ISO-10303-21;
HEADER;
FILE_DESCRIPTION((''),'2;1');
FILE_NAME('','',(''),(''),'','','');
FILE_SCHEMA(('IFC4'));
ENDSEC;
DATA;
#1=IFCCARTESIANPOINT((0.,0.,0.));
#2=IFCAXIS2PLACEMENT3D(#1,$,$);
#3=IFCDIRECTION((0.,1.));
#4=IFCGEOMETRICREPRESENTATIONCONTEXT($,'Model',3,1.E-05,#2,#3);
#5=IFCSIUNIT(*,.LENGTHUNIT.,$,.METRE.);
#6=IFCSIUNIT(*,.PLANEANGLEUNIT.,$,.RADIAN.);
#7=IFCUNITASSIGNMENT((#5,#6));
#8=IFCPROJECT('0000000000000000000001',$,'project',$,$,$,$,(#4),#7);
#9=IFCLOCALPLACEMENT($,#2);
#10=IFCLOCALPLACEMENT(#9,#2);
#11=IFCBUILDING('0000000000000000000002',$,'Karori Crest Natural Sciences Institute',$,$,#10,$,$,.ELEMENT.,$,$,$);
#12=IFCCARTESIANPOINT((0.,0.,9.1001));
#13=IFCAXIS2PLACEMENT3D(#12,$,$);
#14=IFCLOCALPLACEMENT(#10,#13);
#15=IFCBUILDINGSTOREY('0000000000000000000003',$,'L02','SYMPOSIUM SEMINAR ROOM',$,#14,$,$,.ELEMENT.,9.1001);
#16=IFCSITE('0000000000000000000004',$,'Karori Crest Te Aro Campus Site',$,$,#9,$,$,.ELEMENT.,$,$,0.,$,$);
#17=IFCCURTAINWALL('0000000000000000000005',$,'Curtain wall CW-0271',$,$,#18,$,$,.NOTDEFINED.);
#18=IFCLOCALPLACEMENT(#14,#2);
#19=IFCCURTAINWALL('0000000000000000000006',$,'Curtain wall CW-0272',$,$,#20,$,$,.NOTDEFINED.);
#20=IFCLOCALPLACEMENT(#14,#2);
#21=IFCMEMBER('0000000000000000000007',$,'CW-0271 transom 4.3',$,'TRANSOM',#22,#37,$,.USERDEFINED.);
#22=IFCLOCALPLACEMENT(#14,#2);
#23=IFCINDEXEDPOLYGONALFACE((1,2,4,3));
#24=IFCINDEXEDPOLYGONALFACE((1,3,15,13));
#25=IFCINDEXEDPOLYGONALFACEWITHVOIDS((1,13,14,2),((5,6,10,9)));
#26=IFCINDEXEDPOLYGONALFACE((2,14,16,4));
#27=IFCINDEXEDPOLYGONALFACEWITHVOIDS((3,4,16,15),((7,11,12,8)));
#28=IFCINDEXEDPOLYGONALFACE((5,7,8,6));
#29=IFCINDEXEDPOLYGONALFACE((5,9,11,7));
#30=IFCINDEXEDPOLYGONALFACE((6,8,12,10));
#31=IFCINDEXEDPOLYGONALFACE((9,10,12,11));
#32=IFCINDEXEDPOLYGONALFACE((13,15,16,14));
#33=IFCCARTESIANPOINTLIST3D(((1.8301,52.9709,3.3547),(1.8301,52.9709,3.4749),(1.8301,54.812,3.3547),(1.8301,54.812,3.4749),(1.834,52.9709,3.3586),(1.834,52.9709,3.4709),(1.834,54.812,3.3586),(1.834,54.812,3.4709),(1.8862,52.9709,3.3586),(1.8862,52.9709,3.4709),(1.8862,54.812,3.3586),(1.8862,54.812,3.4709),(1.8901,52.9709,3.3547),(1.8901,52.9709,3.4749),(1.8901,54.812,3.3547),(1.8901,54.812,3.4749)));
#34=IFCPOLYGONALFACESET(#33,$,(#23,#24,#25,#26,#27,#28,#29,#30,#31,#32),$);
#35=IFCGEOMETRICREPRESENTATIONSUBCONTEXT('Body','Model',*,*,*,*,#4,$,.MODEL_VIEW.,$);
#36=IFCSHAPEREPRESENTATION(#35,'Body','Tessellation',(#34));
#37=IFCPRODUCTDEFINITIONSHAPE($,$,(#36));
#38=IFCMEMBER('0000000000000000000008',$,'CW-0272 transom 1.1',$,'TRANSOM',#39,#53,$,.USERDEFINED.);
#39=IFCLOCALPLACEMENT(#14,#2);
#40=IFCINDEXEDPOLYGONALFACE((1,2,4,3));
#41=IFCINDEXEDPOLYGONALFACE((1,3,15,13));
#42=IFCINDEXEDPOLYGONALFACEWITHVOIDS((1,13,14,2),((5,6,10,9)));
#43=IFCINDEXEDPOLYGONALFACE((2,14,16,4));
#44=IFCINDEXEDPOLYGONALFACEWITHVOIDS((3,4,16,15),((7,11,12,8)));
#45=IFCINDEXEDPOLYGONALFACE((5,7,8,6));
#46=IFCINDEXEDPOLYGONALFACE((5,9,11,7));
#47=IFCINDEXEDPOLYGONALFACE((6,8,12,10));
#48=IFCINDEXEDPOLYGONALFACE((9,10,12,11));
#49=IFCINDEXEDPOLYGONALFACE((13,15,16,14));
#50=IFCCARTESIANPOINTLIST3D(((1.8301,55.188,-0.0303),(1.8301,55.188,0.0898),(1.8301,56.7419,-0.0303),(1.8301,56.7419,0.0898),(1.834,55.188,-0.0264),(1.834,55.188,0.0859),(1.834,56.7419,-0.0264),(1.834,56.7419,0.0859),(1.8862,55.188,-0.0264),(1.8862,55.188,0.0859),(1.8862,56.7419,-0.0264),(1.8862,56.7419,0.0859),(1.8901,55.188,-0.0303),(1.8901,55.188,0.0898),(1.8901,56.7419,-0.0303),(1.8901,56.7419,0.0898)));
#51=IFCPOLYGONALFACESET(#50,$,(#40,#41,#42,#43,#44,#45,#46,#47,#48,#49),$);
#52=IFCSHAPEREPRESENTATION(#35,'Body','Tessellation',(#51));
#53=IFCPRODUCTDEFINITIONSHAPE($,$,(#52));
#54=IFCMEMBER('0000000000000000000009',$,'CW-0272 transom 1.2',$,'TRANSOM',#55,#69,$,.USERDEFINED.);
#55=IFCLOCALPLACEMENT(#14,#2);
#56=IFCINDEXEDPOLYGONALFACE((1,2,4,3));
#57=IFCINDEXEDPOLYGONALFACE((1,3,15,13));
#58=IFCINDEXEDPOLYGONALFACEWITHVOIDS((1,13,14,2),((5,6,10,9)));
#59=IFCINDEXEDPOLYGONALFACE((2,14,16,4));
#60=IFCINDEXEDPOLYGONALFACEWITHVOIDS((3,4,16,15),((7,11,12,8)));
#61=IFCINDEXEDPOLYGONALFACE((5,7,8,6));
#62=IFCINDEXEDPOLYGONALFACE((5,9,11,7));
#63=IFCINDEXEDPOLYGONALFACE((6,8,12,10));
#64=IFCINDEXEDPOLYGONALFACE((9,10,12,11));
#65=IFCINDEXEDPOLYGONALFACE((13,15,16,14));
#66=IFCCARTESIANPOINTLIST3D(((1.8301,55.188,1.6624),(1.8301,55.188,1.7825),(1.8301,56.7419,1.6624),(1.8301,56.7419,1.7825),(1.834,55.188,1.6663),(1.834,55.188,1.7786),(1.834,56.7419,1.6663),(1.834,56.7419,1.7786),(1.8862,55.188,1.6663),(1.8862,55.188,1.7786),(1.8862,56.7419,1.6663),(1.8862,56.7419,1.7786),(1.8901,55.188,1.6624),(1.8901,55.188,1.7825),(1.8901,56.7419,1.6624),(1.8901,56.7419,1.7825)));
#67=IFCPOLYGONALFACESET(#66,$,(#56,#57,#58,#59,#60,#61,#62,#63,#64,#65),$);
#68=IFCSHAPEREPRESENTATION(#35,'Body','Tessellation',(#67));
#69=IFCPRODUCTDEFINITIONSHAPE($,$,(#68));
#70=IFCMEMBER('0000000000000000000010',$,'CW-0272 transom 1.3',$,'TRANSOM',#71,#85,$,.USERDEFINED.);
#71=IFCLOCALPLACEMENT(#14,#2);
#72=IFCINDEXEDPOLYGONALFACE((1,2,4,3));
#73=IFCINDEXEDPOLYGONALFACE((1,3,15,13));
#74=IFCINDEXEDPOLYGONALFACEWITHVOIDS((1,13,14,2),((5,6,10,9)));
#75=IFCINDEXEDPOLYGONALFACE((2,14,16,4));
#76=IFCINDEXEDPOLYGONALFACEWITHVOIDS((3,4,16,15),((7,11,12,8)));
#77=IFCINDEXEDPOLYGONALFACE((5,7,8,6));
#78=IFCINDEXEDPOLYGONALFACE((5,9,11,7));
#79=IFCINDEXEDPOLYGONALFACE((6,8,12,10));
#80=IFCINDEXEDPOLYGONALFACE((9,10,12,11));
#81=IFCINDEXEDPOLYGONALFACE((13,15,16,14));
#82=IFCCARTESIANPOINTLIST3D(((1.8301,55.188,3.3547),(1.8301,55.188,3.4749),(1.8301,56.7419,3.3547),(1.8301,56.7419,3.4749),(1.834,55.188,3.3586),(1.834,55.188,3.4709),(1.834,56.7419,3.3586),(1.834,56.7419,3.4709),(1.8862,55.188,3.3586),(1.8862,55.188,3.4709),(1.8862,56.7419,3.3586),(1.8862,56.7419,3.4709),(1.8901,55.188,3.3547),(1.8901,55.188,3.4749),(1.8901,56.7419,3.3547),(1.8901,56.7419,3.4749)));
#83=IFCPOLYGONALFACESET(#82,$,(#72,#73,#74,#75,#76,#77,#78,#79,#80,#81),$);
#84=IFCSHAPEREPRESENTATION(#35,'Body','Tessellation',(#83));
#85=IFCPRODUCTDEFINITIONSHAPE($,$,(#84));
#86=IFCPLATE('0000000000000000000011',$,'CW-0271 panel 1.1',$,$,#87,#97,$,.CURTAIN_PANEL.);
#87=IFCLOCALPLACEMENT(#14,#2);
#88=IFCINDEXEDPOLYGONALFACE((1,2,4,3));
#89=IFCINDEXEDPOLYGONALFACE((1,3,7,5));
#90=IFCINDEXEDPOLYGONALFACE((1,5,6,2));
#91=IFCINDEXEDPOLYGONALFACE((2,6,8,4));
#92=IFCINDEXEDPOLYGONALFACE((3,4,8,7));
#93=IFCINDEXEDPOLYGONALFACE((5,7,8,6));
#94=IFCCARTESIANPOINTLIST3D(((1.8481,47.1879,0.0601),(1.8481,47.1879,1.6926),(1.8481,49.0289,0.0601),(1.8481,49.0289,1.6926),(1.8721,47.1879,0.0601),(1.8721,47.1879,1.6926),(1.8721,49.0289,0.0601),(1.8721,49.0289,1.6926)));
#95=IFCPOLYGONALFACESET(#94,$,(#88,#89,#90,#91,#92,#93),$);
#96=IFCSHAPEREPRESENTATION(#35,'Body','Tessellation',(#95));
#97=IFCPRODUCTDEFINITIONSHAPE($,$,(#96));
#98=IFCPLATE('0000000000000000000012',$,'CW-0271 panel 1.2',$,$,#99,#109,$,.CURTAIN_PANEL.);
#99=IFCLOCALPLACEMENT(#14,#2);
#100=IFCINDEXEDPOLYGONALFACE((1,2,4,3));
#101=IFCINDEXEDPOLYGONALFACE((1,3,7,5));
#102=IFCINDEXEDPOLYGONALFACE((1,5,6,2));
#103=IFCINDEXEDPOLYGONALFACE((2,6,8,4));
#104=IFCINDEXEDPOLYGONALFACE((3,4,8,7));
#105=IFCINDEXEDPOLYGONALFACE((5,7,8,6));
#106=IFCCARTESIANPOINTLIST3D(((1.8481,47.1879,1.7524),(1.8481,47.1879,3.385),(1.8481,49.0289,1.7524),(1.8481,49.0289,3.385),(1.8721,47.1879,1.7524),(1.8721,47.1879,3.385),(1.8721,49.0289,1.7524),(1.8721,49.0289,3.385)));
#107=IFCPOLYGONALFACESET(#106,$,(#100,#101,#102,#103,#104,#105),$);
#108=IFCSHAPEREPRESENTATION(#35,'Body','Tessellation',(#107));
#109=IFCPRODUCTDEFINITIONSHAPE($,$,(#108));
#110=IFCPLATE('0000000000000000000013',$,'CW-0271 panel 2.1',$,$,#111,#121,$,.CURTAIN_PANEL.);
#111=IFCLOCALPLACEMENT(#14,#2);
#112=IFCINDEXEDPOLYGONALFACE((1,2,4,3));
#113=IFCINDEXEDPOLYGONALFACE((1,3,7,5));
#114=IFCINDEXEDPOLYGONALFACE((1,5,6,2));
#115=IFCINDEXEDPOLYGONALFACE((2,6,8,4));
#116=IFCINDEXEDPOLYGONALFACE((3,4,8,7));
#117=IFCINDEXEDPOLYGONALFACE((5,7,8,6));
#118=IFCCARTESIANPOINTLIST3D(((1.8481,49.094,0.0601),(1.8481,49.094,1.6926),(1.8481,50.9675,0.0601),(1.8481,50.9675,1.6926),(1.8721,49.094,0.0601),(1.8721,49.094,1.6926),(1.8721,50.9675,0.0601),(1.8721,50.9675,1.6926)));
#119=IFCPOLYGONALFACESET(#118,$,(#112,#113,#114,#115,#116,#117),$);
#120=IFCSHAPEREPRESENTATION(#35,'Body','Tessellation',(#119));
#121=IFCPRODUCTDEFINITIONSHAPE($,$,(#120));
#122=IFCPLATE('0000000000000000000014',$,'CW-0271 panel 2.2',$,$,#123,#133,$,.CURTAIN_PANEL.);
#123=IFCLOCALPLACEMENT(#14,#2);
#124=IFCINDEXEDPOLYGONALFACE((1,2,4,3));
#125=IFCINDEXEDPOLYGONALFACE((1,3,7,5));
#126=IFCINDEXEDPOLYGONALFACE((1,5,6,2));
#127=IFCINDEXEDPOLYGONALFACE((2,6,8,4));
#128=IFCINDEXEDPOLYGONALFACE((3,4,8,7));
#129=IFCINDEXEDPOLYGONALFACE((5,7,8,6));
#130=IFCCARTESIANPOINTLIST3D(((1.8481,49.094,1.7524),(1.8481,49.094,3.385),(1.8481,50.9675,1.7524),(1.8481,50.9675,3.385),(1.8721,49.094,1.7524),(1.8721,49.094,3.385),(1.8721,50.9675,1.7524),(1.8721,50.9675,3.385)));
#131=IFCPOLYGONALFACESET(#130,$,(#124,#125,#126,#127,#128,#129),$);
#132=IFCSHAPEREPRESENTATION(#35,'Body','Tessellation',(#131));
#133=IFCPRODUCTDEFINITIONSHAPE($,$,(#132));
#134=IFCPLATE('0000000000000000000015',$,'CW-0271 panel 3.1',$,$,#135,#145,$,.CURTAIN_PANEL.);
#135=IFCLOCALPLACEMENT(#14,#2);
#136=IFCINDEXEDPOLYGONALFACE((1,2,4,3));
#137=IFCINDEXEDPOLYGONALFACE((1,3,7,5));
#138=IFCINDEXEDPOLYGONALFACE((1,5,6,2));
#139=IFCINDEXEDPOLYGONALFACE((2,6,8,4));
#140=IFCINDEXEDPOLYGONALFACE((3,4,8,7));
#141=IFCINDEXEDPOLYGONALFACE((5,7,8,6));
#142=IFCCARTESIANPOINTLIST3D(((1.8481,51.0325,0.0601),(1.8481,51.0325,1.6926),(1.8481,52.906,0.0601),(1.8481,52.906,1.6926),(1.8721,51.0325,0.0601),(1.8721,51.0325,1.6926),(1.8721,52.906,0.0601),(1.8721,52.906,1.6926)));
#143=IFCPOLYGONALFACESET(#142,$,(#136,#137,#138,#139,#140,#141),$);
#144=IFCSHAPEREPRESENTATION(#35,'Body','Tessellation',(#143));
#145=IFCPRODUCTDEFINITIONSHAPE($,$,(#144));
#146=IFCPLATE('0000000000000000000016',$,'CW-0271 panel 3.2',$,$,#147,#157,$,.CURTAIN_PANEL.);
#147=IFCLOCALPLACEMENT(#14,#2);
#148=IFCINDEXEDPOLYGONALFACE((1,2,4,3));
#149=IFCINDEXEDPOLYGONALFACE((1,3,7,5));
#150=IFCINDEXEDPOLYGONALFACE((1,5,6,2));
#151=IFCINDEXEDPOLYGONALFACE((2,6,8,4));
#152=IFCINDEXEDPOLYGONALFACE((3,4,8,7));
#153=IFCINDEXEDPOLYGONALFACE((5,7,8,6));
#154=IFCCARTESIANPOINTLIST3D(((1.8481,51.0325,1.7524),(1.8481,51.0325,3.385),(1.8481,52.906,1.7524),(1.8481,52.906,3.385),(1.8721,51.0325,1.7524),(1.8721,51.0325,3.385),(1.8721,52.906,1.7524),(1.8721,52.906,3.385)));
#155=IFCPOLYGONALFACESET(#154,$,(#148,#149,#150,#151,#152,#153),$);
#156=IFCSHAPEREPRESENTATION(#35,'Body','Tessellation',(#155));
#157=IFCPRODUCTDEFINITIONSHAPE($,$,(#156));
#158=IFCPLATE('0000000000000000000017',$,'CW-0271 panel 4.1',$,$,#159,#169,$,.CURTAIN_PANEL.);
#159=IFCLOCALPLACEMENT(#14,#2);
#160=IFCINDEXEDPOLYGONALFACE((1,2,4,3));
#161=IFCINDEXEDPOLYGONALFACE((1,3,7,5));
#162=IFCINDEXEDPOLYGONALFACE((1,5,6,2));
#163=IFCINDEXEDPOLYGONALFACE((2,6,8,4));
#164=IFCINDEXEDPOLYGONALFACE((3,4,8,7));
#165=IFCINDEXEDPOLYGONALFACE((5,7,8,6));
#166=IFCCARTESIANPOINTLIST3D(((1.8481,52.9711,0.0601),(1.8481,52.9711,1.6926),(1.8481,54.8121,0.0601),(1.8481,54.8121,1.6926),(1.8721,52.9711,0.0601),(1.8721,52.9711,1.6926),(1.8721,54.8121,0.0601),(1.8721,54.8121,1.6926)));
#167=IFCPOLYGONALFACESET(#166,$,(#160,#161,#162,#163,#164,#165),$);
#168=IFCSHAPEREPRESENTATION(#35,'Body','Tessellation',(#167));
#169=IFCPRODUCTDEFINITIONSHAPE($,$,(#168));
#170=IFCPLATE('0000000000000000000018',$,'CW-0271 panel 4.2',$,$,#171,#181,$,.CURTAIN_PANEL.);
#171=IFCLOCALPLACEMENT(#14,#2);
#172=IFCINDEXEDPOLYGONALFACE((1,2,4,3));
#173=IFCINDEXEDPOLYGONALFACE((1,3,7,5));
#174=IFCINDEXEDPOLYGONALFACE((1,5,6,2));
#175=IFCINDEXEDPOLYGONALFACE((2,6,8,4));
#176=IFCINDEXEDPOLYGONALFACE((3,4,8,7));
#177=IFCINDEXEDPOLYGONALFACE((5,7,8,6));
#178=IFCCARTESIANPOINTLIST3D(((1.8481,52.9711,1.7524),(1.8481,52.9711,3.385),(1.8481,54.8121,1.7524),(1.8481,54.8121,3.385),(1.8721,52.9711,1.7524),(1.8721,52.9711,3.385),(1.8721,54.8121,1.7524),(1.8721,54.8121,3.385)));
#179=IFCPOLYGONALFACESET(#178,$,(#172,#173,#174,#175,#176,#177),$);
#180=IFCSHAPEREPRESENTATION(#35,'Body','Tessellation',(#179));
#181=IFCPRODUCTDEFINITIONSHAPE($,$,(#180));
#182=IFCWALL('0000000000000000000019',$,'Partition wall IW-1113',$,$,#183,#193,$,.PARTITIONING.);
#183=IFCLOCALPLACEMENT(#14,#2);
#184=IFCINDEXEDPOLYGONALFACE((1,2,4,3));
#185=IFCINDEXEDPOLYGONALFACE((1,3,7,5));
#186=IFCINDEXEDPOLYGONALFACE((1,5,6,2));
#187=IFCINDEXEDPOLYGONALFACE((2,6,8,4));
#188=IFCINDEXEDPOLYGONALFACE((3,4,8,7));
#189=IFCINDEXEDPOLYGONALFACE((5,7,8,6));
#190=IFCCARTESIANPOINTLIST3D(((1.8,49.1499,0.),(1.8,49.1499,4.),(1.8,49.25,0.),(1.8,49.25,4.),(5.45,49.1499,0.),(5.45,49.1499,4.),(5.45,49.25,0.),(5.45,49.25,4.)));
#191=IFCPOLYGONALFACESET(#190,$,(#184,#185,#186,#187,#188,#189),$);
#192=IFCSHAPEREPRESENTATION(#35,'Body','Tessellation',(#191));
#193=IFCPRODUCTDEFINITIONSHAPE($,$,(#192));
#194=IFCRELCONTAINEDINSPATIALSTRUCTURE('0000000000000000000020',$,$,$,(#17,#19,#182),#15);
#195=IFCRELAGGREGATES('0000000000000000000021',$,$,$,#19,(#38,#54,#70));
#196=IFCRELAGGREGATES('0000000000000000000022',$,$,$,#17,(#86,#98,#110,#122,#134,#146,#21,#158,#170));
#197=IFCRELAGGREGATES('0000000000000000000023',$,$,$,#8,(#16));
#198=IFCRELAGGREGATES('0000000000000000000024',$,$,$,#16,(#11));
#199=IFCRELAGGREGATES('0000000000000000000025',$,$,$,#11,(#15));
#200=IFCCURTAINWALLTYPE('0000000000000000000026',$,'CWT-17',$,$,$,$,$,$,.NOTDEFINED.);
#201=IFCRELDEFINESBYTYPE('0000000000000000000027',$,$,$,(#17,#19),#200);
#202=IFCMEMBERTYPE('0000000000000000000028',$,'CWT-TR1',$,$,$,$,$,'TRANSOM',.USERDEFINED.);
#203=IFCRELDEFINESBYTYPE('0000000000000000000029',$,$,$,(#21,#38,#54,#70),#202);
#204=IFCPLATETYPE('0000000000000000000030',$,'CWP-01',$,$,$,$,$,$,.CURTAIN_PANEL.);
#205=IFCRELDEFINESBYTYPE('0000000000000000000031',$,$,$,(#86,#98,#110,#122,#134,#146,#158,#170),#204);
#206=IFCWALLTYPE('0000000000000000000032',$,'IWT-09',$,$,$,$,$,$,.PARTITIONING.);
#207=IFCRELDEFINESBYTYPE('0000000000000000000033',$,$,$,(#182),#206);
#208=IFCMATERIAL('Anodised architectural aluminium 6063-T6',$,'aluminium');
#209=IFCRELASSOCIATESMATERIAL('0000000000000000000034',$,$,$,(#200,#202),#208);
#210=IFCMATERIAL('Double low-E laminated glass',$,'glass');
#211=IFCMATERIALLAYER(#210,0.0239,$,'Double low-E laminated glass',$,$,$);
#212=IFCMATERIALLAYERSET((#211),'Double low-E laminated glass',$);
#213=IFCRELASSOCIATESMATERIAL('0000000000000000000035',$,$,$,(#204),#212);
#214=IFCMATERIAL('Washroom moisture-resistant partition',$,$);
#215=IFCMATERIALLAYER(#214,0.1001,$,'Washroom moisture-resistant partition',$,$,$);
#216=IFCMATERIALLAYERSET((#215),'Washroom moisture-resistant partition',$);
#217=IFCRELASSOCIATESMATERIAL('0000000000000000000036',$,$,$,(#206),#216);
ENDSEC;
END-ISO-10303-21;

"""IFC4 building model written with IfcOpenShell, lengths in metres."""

from ifc_helpers import new_model, si_unit, direction, frame, frame_2d, origin, origin_2d, place, context, subcontext, project, spatial, rectangle, hollow_rectangle, extrude, material, layer, layer_set, material_profile, profile_set, type_object, element, aggregate, save


model = new_model("IFC4")

# Units and contexts
model_context = context("Model", 3, precision=1e-05, world=origin(), true_north=direction((0.0, 1.0)))
body_context = subcontext(model_context, "Body", "Model", "MODEL_VIEW")
ifc_project = project(units=[si_unit("LENGTHUNIT", "METRE"), si_unit("PLANEANGLEUNIT", "RADIAN")], contexts=[model_context])

# Site, building, storey
site_placement = place(None, origin())
site = spatial("IfcSite", under=ifc_project, at=site_placement, Name="Karori Crest Te Aro Campus Site", CompositionType="ELEMENT", RefElevation=0.0)
building_placement = place(site_placement, origin())
building = spatial("IfcBuilding", under=site, at=building_placement, Name="Karori Crest Natural Sciences Institute", CompositionType="ELEMENT")
storey_placement = place(building_placement, frame((0.0, 0.0, 9.1001)))
storey = spatial("IfcBuildingStorey", under=building, at=storey_placement, Name="L02", Description="SYMPOSIUM SEMINAR ROOM", CompositionType="ELEMENT", Elevation=9.1001)

# Curtain wall
ifc_material_1 = material(Name="Anodised architectural aluminium 6063-T6", Category="aluminium")
curtain_wall_type = type_object("IfcCurtainWallType", Name="CWT-17", PredefinedType="NOTDEFINED", material=ifc_material_1)
curtain_wall_1_placement = place(storey_placement, origin())
curtain_wall_1 = element("IfcCurtainWall", 1, at=curtain_wall_1_placement, inside=storey, type_object=curtain_wall_type, Name="Curtain wall CW-0271", PredefinedType="NOTDEFINED")

# Curtain wall
curtain_wall_2_placement = place(storey_placement, origin())
curtain_wall_2 = element("IfcCurtainWall", 2, at=curtain_wall_2_placement, inside=storey, type_object=curtain_wall_type, Name="Curtain wall CW-0272", PredefinedType="NOTDEFINED")

# Members
ifc_material_profile_1 = material_profile(ifc_material_1, hollow_rectangle(XDim=0.0601, YDim=0.1201, WallThickness=0.0039, at=origin_2d()), Name="CWT120x60x4")
ifc_profile_set_1 = profile_set([ifc_material_profile_1], Name="Anodised architectural aluminium 6063-T6")
member_type_1 = type_object("IfcMemberType", Name="CWT-TR1", ElementType="TRANSOM", PredefinedType="USERDEFINED", material=ifc_profile_set_1)
member_1_placement = place(storey_placement, frame((1.8601, 52.9709, 3.4148), z_axis=(0.0, 1.0, 0.0), x_axis=(-1.0, 0.0, 0.0)))
member_1 = element("IfcMember", 3, at=member_1_placement, type_object=member_type_1, Name="CW-0271 transom 4.3", ObjectType="TRANSOM", PredefinedType="USERDEFINED", context=body_context, shape_type="SweptSolid", body=[
    extrude(hollow_rectangle(XDim=0.0601, YDim=0.1201, WallThickness=0.0039, at=origin_2d()), origin(), (0.0, 0.0, 1.0), 1.8411),
])
member_2_placement = place(storey_placement, frame((1.8601, 55.188, 0.0298), z_axis=(0.0, 1.0, 0.0), x_axis=(-1.0, 0.0, 0.0)))
member_2 = element("IfcMember", 4, at=member_2_placement, type_object=member_type_1, Name="CW-0272 transom 1.1", ObjectType="TRANSOM", PredefinedType="USERDEFINED", context=body_context, shape_type="SweptSolid", body=[
    extrude(hollow_rectangle(XDim=0.0601, YDim=0.1201, WallThickness=0.0039, at=origin_2d()), origin(), (0.0, 0.0, 1.0), 1.554),
])
member_3_placement = place(storey_placement, frame((1.8601, 55.188, 1.7224), z_axis=(0.0, 1.0, 0.0), x_axis=(-1.0, 0.0, 0.0)))
member_3 = element("IfcMember", 5, at=member_3_placement, type_object=member_type_1, Name="CW-0272 transom 1.2", ObjectType="TRANSOM", PredefinedType="USERDEFINED", context=body_context, shape_type="SweptSolid", body=[
    extrude(hollow_rectangle(XDim=0.0601, YDim=0.1201, WallThickness=0.0039, at=origin_2d()), origin(), (0.0, 0.0, 1.0), 1.554),
])
member_4_placement = place(storey_placement, frame((1.8601, 55.188, 3.4148), z_axis=(0.0, 1.0, 0.0), x_axis=(-1.0, 0.0, 0.0)))
member_4 = element("IfcMember", 6, at=member_4_placement, type_object=member_type_1, Name="CW-0272 transom 1.3", ObjectType="TRANSOM", PredefinedType="USERDEFINED", context=body_context, shape_type="SweptSolid", body=[
    extrude(hollow_rectangle(XDim=0.0601, YDim=0.1201, WallThickness=0.0039, at=origin_2d()), origin(), (0.0, 0.0, 1.0), 1.554),
])
aggregate(curtain_wall_2, [member_2, member_3, member_4])

# Plates
ifc_material_2 = material(Name="Double low-E laminated glass", Category="glass")
ifc_layer_1 = layer(ifc_material_2, 0.0239, Name="Double low-E laminated glass")
ifc_layer_set_1 = layer_set([ifc_layer_1], Name="Double low-E laminated glass")
plate_type = type_object("IfcPlateType", Name="CWP-01", PredefinedType="CURTAIN_PANEL", material=ifc_layer_set_1)
plate_1_placement = place(storey_placement, frame((1.8601, 48.1084, 0.0601), z_axis=(0.0, 0.0, 1.0), x_axis=(0.0, 1.0, 0.0)))
plate_1 = element("IfcPlate", 7, at=plate_1_placement, type_object=plate_type, Name="CW-0271 panel 1.1", PredefinedType="CURTAIN_PANEL", context=body_context, shape_type="SweptSolid", body=[
    extrude(rectangle(XDim=1.8411, YDim=0.0239, at=origin_2d()), origin(), (0.0, 0.0, 1.0), 1.6326),
])
plate_2_placement = place(storey_placement, frame((1.8601, 48.1084, 1.7524), z_axis=(0.0, 0.0, 1.0), x_axis=(0.0, 1.0, 0.0)))
plate_2 = element("IfcPlate", 8, at=plate_2_placement, type_object=plate_type, Name="CW-0271 panel 1.2", PredefinedType="CURTAIN_PANEL", context=body_context, shape_type="SweptSolid", body=[
    extrude(rectangle(XDim=1.8411, YDim=0.0239, at=origin_2d()), origin(), (0.0, 0.0, 1.0), 1.6326),
])
plate_3_placement = place(storey_placement, frame((1.8601, 50.0308, 0.0601), z_axis=(0.0, 0.0, 1.0), x_axis=(0.0, 1.0, 0.0)))
plate_3 = element("IfcPlate", 9, at=plate_3_placement, type_object=plate_type, Name="CW-0271 panel 2.1", PredefinedType="CURTAIN_PANEL", context=body_context, shape_type="SweptSolid", body=[
    extrude(rectangle(XDim=1.8735, YDim=0.0239, at=origin_2d()), origin(), (0.0, 0.0, 1.0), 1.6326),
])
plate_4_placement = place(storey_placement, frame((1.8601, 50.0308, 1.7524), z_axis=(0.0, 0.0, 1.0), x_axis=(0.0, 1.0, 0.0)))
plate_4 = element("IfcPlate", 10, at=plate_4_placement, type_object=plate_type, Name="CW-0271 panel 2.2", PredefinedType="CURTAIN_PANEL", context=body_context, shape_type="SweptSolid", body=[
    extrude(rectangle(XDim=1.8735, YDim=0.0239, at=origin_2d()), origin(), (0.0, 0.0, 1.0), 1.6326),
])
plate_5_placement = place(storey_placement, frame((1.8601, 51.9692, 0.0601), z_axis=(0.0, 0.0, 1.0), x_axis=(0.0, 1.0, 0.0)))
plate_5 = element("IfcPlate", 11, at=plate_5_placement, type_object=plate_type, Name="CW-0271 panel 3.1", PredefinedType="CURTAIN_PANEL", context=body_context, shape_type="SweptSolid", body=[
    extrude(rectangle(XDim=1.8735, YDim=0.0239, at=origin_2d()), origin(), (0.0, 0.0, 1.0), 1.6326),
])
plate_6_placement = place(storey_placement, frame((1.8601, 51.9692, 1.7524), z_axis=(0.0, 0.0, 1.0), x_axis=(0.0, 1.0, 0.0)))
plate_6 = element("IfcPlate", 12, at=plate_6_placement, type_object=plate_type, Name="CW-0271 panel 3.2", PredefinedType="CURTAIN_PANEL", context=body_context, shape_type="SweptSolid", body=[
    extrude(rectangle(XDim=1.8735, YDim=0.0239, at=origin_2d()), origin(), (0.0, 0.0, 1.0), 1.6326),
])
plate_7_placement = place(storey_placement, frame((1.8601, 53.8916, 0.0601), z_axis=(0.0, 0.0, 1.0), x_axis=(0.0, 1.0, 0.0)))
plate_7 = element("IfcPlate", 13, at=plate_7_placement, type_object=plate_type, Name="CW-0271 panel 4.1", PredefinedType="CURTAIN_PANEL", context=body_context, shape_type="SweptSolid", body=[
    extrude(rectangle(XDim=1.8411, YDim=0.0239, at=origin_2d()), origin(), (0.0, 0.0, 1.0), 1.6326),
])
plate_8_placement = place(storey_placement, frame((1.8601, 53.8916, 1.7524), z_axis=(0.0, 0.0, 1.0), x_axis=(0.0, 1.0, 0.0)))
plate_8 = element("IfcPlate", 14, at=plate_8_placement, type_object=plate_type, Name="CW-0271 panel 4.2", PredefinedType="CURTAIN_PANEL", context=body_context, shape_type="SweptSolid", body=[
    extrude(rectangle(XDim=1.8411, YDim=0.0239, at=origin_2d()), origin(), (0.0, 0.0, 1.0), 1.6326),
])
aggregate(curtain_wall_1, [plate_1, plate_2, plate_3, plate_4, plate_5, plate_6, member_1, plate_7, plate_8])

# Wall
ifc_material_3 = material(Name="Washroom moisture-resistant partition")
ifc_layer_2 = layer(ifc_material_3, 0.1001, Name="Washroom moisture-resistant partition")
ifc_layer_set_2 = layer_set([ifc_layer_2], Name="Washroom moisture-resistant partition")
wall_type = type_object("IfcWallType", Name="IWT-09", PredefinedType="PARTITIONING", material=ifc_layer_set_2)
wall_placement = place(storey_placement, frame((1.8, 49.2, 0.0), z_axis=(0.0, 0.0, 1.0), x_axis=(1.0, 0.0, 0.0)))
element("IfcWall", 15, at=wall_placement, inside=storey, type_object=wall_type, Name="Partition wall IW-1113", PredefinedType="PARTITIONING", context=body_context, shape_type="SweptSolid", body=[
    extrude(rectangle(XDim=3.6499, YDim=0.1001, at=frame_2d((1.825, 0.0))), origin(), (0.0, 0.0, 1.0), 4.0),
])

save(model, "model.ifc")
